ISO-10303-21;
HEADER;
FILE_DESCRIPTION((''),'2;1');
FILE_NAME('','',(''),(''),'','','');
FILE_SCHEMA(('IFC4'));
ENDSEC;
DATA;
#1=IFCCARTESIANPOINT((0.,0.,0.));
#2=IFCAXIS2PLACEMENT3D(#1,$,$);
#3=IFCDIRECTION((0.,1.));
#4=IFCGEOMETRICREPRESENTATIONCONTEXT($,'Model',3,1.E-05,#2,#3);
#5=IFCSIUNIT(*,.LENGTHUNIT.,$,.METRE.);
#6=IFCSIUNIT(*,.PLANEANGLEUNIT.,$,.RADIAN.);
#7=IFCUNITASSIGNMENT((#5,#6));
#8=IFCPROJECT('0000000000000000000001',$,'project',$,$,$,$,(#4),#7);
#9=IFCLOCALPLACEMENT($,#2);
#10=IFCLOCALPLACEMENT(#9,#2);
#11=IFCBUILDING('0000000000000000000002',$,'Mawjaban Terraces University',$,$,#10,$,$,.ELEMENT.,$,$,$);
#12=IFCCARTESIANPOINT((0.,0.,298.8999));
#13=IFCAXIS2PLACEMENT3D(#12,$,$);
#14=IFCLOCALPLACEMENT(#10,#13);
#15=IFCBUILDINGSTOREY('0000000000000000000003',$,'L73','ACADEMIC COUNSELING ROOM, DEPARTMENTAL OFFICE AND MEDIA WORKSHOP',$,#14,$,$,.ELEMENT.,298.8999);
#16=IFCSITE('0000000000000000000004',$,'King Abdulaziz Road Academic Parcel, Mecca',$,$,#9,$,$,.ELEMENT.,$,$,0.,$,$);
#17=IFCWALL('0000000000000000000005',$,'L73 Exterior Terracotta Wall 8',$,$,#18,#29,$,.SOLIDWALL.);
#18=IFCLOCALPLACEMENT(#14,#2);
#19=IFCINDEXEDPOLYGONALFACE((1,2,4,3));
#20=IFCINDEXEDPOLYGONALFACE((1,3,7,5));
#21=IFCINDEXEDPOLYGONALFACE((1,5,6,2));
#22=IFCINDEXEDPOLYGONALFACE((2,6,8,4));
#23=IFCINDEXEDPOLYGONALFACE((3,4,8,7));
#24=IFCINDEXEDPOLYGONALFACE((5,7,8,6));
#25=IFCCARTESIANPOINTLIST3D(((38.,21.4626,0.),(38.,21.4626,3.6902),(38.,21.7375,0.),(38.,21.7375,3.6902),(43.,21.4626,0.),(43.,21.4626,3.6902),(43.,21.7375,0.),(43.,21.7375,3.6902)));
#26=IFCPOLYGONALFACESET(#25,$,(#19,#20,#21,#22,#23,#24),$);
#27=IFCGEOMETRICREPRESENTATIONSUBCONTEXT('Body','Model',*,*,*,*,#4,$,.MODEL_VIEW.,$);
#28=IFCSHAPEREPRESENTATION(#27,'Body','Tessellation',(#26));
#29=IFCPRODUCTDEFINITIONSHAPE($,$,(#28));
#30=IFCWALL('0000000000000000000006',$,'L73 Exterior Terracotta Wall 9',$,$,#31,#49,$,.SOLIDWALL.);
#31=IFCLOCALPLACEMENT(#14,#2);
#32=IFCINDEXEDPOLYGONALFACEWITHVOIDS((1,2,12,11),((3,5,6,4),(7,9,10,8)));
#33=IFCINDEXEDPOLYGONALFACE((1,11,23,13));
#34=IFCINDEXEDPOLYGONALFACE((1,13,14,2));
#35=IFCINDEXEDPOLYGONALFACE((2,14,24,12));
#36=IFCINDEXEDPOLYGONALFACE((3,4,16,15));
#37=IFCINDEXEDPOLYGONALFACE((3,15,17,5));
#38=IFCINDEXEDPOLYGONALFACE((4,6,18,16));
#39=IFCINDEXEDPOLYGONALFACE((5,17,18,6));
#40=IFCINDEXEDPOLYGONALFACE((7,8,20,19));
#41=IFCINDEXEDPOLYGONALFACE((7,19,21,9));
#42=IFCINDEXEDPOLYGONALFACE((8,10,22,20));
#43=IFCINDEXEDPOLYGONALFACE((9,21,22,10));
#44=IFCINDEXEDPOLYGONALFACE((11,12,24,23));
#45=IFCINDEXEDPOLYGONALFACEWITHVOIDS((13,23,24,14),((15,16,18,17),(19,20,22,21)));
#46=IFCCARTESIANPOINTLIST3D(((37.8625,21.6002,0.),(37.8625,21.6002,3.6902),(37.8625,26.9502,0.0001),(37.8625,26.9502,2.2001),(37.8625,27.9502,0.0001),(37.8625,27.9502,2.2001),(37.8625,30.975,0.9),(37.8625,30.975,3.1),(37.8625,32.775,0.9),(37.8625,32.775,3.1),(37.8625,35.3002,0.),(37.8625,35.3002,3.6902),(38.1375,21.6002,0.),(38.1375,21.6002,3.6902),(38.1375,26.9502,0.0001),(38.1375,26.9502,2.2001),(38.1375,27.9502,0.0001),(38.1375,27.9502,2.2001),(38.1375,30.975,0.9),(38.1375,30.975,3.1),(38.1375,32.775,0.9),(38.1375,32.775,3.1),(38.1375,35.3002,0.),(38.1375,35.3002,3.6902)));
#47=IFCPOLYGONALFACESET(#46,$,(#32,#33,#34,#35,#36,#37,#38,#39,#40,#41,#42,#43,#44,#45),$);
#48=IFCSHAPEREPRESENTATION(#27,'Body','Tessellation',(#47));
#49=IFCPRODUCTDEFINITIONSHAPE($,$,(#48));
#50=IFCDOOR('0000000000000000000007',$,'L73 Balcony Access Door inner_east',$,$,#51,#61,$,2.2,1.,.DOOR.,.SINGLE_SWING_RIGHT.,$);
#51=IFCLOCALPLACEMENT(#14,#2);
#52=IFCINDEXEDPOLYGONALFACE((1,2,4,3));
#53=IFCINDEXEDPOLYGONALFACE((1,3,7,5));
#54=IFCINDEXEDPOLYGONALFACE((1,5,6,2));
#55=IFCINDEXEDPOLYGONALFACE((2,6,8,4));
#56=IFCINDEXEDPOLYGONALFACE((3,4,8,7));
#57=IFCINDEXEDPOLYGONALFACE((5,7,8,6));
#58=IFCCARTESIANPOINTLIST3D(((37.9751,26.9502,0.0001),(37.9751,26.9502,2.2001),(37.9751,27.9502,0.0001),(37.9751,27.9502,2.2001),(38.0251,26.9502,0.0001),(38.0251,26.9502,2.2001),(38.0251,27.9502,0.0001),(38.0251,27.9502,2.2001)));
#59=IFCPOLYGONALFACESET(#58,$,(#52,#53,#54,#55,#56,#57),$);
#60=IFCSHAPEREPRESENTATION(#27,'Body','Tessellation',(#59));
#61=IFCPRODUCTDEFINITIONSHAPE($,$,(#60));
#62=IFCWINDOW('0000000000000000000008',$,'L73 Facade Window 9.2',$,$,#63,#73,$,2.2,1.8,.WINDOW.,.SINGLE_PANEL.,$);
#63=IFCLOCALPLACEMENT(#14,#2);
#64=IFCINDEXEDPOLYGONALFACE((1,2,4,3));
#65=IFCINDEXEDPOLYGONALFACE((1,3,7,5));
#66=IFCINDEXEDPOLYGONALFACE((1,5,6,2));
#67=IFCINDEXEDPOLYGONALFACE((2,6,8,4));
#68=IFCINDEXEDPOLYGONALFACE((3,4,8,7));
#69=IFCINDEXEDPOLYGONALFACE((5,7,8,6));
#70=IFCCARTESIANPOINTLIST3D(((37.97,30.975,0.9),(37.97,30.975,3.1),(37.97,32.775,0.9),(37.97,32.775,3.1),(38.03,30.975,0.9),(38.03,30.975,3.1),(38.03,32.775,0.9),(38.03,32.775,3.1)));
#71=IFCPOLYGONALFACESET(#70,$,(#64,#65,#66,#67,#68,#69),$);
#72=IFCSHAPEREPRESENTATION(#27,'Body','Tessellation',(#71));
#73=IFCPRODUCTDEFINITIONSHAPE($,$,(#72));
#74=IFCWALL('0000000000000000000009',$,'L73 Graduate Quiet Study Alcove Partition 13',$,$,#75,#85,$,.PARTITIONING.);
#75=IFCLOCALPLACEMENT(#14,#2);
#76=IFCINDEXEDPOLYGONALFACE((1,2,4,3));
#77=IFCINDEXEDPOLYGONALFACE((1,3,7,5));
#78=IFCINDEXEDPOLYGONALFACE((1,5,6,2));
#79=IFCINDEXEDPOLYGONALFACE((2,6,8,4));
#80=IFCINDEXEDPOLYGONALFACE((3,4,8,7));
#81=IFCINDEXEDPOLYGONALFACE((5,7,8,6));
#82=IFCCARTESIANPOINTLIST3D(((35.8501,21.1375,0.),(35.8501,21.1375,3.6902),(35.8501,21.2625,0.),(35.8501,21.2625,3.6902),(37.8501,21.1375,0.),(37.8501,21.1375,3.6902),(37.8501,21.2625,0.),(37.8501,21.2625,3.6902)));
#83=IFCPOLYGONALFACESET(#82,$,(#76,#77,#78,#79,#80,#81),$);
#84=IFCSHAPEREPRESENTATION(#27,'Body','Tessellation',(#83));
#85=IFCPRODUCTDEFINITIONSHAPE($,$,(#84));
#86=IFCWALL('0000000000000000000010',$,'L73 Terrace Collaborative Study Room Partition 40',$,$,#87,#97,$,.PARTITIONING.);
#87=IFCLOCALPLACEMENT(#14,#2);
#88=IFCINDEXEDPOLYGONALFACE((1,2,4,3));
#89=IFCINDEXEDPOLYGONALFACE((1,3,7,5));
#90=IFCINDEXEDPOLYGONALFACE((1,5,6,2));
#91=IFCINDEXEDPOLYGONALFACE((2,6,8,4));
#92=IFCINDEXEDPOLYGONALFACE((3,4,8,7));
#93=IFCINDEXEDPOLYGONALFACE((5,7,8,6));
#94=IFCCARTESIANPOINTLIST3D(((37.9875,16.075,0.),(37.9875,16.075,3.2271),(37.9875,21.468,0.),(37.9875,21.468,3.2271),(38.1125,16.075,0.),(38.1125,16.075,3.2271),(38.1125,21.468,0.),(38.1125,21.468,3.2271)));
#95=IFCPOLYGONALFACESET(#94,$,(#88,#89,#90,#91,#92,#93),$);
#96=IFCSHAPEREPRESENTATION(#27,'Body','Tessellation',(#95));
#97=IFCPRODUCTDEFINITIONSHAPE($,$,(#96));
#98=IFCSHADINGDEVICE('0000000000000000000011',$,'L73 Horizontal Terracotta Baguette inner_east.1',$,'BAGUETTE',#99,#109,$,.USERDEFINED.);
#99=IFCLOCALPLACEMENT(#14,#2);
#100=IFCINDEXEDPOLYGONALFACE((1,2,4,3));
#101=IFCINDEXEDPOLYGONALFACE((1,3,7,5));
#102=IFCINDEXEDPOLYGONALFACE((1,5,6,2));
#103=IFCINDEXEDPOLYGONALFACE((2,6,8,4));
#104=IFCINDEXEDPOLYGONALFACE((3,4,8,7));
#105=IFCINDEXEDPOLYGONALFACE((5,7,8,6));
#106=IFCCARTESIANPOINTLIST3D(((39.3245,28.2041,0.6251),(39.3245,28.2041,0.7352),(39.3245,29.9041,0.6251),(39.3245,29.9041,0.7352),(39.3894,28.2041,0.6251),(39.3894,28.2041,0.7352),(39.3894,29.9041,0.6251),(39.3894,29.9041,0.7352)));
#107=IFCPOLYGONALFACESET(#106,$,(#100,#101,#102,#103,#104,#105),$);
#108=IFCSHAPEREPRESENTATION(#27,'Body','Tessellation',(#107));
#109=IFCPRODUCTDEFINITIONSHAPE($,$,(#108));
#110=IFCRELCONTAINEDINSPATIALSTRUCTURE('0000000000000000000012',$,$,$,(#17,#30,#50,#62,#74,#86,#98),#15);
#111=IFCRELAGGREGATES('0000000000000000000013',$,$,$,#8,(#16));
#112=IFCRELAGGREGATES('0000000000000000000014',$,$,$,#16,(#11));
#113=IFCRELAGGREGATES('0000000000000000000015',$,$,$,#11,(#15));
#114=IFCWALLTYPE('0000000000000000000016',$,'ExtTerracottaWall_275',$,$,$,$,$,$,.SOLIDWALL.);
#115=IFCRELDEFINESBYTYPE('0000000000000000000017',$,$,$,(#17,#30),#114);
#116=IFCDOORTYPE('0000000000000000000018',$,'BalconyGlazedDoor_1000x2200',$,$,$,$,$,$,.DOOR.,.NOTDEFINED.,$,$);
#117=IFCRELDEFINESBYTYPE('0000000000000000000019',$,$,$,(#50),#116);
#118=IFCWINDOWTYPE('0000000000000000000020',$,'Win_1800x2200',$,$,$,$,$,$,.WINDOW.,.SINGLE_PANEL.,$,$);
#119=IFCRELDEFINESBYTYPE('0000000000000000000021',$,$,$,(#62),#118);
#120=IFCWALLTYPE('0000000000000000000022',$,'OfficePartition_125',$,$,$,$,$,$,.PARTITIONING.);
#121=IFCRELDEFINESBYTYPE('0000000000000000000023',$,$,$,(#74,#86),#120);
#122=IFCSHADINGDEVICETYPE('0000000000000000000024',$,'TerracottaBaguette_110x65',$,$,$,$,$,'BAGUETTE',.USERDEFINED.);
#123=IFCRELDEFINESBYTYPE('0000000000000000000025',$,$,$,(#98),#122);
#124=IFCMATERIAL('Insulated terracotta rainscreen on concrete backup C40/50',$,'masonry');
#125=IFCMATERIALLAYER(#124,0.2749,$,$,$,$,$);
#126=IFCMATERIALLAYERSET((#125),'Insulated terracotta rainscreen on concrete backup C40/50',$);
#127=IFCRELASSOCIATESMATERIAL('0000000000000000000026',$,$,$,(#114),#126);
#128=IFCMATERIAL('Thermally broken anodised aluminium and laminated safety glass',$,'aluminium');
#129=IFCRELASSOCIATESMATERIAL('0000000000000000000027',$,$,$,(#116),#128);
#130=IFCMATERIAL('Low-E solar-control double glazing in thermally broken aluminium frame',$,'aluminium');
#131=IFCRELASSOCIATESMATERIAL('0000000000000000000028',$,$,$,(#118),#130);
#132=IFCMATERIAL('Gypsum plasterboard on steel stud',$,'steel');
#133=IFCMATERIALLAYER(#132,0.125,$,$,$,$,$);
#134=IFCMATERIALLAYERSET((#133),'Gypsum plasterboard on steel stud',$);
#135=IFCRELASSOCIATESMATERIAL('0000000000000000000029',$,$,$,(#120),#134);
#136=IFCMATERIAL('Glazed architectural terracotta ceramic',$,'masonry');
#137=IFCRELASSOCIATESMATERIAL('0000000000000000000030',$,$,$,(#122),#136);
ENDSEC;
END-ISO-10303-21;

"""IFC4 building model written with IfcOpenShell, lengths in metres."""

from ifc_helpers import new_model, si_unit, direction, frame, frame_2d, origin, origin_2d, place, context, subcontext, project, spatial, rectangle, extrude, material, layer, layer_set, material_profile, profile_set, type_object, element, fill, save


model = new_model("IFC4")

# Units and contexts
model_context = context("Model", 3, precision=1e-05, world=origin(), true_north=direction((0.0, 1.0)))
body_context = subcontext(model_context, "Body", "Model", "MODEL_VIEW")
ifc_project = project(units=[si_unit("LENGTHUNIT", "METRE"), si_unit("PLANEANGLEUNIT", "RADIAN")], contexts=[model_context])

# Site, building, storey
site_placement = place(None, origin())
site = spatial("IfcSite", under=ifc_project, at=site_placement, Name="King Abdulaziz Road Academic Parcel, Mecca", CompositionType="ELEMENT", RefElevation=0.0)
building_placement = place(site_placement, origin())
building = spatial("IfcBuilding", under=site, at=building_placement, Name="Mawjaban Terraces University", CompositionType="ELEMENT")
storey_placement = place(building_placement, frame((0.0, 0.0, 298.8999)))
storey = spatial("IfcBuildingStorey", under=building, at=storey_placement, Name="L73", Description="ACADEMIC COUNSELING ROOM, DEPARTMENTAL OFFICE AND MEDIA WORKSHOP", CompositionType="ELEMENT", Elevation=298.8999)

# Wall
ifc_material_1 = material(Name="Insulated terracotta rainscreen on concrete backup C40/50", Category="masonry")
ifc_layer_1 = layer(ifc_material_1, 0.2749)
ifc_layer_set_1 = layer_set([ifc_layer_1], Name="Insulated terracotta rainscreen on concrete backup C40/50")
wall_type_1 = type_object("IfcWallType", Name="ExtTerracottaWall_275", PredefinedType="SOLIDWALL", material=ifc_layer_set_1)
wall_1_placement = place(storey_placement, frame((43.0, 21.6001, 0.0), z_axis=(0.0, 0.0, 1.0), x_axis=(-1.0, 0.0, 0.0)))
element("IfcWall", 1, at=wall_1_placement, inside=storey, type_object=wall_type_1, Name="L73 Exterior Terracotta Wall 8", PredefinedType="SOLIDWALL", context=body_context, shape_type="SweptSolid", body=[
    extrude(rectangle(XDim=5.0, YDim=0.2749, at=frame_2d((2.5, 0.0))), origin(), (0.0, 0.0, 1.0), 3.6902),
])

# Wall, openings, door, window
wall_2_placement = place(storey_placement, frame((38.0, 21.6001, 0.0), z_axis=(0.0, 0.0, 1.0), x_axis=(0.0, 1.0, 0.0)))
wall_2 = element("IfcWall", 2, at=wall_2_placement, inside=storey, type_object=wall_type_1, Name="L73 Exterior Terracotta Wall 9", PredefinedType="SOLIDWALL", context=body_context, shape_type="SweptSolid", body=[
    extrude(rectangle(XDim=13.7, YDim=0.2749, at=frame_2d((6.8501, 0.0))), origin(), (0.0, 0.0, 1.0), 3.6902),
])
opening_1_placement = place(wall_2_placement, frame((5.3501, 0.0, 0.0)))
opening_1 = element("IfcOpeningElement", 3, at=opening_1_placement, cuts=wall_2, PredefinedType="OPENING", context=body_context, shape_type="SweptSolid", body=[
    extrude(rectangle(XDim=1.0, YDim=2.2, at=frame_2d((0.5, 1.1001))), frame((0.0, 0.1475, 0.0), z_axis=(0.0, -1.0, 0.0), x_axis=(1.0, 0.0, 0.0)), (0.0, 0.0, 1.0), 0.2949),
])
opening_2_placement = place(wall_2_placement, frame((9.375, 0.0, 0.8999)))
opening_2 = element("IfcOpeningElement", 4, at=opening_2_placement, cuts=wall_2, PredefinedType="OPENING", context=body_context, shape_type="SweptSolid", body=[
    extrude(rectangle(XDim=1.8, YDim=2.2, at=frame_2d((0.8999, 1.1001))), frame((0.0, 0.1475, 0.0), z_axis=(0.0, -1.0, 0.0), x_axis=(1.0, 0.0, 0.0)), (0.0, 0.0, 1.0), 0.2949),
])
ifc_material_2 = material(Name="Thermally broken anodised aluminium and laminated safety glass", Category="aluminium")
door_type_1 = type_object("IfcDoorType", Name="BalconyGlazedDoor_1000x2200", OperationType="NOTDEFINED", PredefinedType="DOOR", material=ifc_material_2)
door_1_placement = place(opening_1_placement, origin())
door_1 = element("IfcDoor", 5, at=door_1_placement, inside=storey, type_object=door_type_1, Name="L73 Balcony Access Door inner_east", OperationType="SINGLE_SWING_RIGHT", OverallHeight=2.2, OverallWidth=1.0, PredefinedType="DOOR", context=body_context, shape_type="SweptSolid", body=[
    extrude(rectangle(XDim=1.0, YDim=2.2, at=frame_2d((0.5, 1.1001))), frame((0.0, 0.0249, 0.0), z_axis=(0.0, -1.0, 0.0), x_axis=(1.0, 0.0, 0.0)), (0.0, 0.0, 1.0), 0.05),
])
fill(opening_1, door_1)
ifc_material_3 = material(Name="Low-E solar-control double glazing in thermally broken aluminium frame", Category="aluminium")
window_type = type_object("IfcWindowType", Name="Win_1800x2200", PartitioningType="SINGLE_PANEL", PredefinedType="WINDOW", material=ifc_material_3)
window_placement = place(opening_2_placement, origin())
window = element("IfcWindow", 6, at=window_placement, inside=storey, type_object=window_type, Name="L73 Facade Window 9.2", OverallHeight=2.2, OverallWidth=1.8, PartitioningType="SINGLE_PANEL", PredefinedType="WINDOW", context=body_context, shape_type="SweptSolid", body=[
    extrude(rectangle(XDim=1.8, YDim=2.2, at=frame_2d((0.8999, 1.1001))), frame((0.0, 0.03, 0.0), z_axis=(0.0, -1.0, 0.0), x_axis=(1.0, 0.0, 0.0)), (0.0, 0.0, 1.0), 0.0601),
])
fill(opening_2, window)

# Walls
ifc_material_4 = material(Name="Gypsum plasterboard on steel stud", Category="steel")
ifc_layer_2 = layer(ifc_material_4, 0.125)
ifc_layer_set_2 = layer_set([ifc_layer_2], Name="Gypsum plasterboard on steel stud")
wall_type_2 = type_object("IfcWallType", Name="OfficePartition_125", PredefinedType="PARTITIONING", material=ifc_layer_set_2)
wall_3_placement = place(storey_placement, frame((35.8501, 21.2, 0.0), z_axis=(0.0, 0.0, 1.0), x_axis=(1.0, 0.0, 0.0)))
element("IfcWall", 7, at=wall_3_placement, inside=storey, type_object=wall_type_2, Name="L73 Graduate Quiet Study Alcove Partition 13", PredefinedType="PARTITIONING", context=body_context, shape_type="SweptSolid", body=[
    extrude(rectangle(XDim=2.0, YDim=0.125, at=frame_2d((1.0, 0.0))), origin(), (0.0, 0.0, 1.0), 3.6902),
])
wall_4_placement = place(storey_placement, frame((38.05, 21.468, 0.0), z_axis=(0.0, 0.0, 1.0), x_axis=(0.0, -1.0, 0.0)))
element("IfcWall", 8, at=wall_4_placement, inside=storey, type_object=wall_type_2, Name="L73 Terrace Collaborative Study Room Partition 40", PredefinedType="PARTITIONING", context=body_context, shape_type="SweptSolid", body=[
    extrude(rectangle(XDim=5.3931, YDim=0.125, at=frame_2d((2.6965, 0.0))), origin(), (0.0, 0.0, 1.0), 3.2271),
])

# Shading device
ifc_material_5 = material(Name="Glazed architectural terracotta ceramic", Category="masonry")
ifc_material_profile_1 = material_profile(ifc_material_5, rectangle(XDim=0.0649, YDim=0.1101, at=origin_2d()), Name="TBAG110X65")
ifc_profile_set_1 = profile_set([ifc_material_profile_1], Name="Glazed architectural terracotta ceramic")
shading_device_type = type_object("IfcShadingDeviceType", Name="TerracottaBaguette_110x65", ElementType="BAGUETTE", PredefinedType="USERDEFINED", material=ifc_profile_set_1)
shading_device_placement = place(storey_placement, frame((39.3569, 28.2041, 0.6802), z_axis=(0.0, 1.0, 0.0), x_axis=(-1.0, 0.0, 0.0)))
element("IfcShadingDevice", 9, at=shading_device_placement, inside=storey, type_object=shading_device_type, Name="L73 Horizontal Terracotta Baguette inner_east.1", ObjectType="BAGUETTE", PredefinedType="USERDEFINED", context=body_context, shape_type="SweptSolid", body=[
    extrude(rectangle(XDim=0.0649, YDim=0.1101, at=origin_2d()), origin(), (0.0, 0.0, 1.0), 1.7),
])

save(model, "model.ifc")
